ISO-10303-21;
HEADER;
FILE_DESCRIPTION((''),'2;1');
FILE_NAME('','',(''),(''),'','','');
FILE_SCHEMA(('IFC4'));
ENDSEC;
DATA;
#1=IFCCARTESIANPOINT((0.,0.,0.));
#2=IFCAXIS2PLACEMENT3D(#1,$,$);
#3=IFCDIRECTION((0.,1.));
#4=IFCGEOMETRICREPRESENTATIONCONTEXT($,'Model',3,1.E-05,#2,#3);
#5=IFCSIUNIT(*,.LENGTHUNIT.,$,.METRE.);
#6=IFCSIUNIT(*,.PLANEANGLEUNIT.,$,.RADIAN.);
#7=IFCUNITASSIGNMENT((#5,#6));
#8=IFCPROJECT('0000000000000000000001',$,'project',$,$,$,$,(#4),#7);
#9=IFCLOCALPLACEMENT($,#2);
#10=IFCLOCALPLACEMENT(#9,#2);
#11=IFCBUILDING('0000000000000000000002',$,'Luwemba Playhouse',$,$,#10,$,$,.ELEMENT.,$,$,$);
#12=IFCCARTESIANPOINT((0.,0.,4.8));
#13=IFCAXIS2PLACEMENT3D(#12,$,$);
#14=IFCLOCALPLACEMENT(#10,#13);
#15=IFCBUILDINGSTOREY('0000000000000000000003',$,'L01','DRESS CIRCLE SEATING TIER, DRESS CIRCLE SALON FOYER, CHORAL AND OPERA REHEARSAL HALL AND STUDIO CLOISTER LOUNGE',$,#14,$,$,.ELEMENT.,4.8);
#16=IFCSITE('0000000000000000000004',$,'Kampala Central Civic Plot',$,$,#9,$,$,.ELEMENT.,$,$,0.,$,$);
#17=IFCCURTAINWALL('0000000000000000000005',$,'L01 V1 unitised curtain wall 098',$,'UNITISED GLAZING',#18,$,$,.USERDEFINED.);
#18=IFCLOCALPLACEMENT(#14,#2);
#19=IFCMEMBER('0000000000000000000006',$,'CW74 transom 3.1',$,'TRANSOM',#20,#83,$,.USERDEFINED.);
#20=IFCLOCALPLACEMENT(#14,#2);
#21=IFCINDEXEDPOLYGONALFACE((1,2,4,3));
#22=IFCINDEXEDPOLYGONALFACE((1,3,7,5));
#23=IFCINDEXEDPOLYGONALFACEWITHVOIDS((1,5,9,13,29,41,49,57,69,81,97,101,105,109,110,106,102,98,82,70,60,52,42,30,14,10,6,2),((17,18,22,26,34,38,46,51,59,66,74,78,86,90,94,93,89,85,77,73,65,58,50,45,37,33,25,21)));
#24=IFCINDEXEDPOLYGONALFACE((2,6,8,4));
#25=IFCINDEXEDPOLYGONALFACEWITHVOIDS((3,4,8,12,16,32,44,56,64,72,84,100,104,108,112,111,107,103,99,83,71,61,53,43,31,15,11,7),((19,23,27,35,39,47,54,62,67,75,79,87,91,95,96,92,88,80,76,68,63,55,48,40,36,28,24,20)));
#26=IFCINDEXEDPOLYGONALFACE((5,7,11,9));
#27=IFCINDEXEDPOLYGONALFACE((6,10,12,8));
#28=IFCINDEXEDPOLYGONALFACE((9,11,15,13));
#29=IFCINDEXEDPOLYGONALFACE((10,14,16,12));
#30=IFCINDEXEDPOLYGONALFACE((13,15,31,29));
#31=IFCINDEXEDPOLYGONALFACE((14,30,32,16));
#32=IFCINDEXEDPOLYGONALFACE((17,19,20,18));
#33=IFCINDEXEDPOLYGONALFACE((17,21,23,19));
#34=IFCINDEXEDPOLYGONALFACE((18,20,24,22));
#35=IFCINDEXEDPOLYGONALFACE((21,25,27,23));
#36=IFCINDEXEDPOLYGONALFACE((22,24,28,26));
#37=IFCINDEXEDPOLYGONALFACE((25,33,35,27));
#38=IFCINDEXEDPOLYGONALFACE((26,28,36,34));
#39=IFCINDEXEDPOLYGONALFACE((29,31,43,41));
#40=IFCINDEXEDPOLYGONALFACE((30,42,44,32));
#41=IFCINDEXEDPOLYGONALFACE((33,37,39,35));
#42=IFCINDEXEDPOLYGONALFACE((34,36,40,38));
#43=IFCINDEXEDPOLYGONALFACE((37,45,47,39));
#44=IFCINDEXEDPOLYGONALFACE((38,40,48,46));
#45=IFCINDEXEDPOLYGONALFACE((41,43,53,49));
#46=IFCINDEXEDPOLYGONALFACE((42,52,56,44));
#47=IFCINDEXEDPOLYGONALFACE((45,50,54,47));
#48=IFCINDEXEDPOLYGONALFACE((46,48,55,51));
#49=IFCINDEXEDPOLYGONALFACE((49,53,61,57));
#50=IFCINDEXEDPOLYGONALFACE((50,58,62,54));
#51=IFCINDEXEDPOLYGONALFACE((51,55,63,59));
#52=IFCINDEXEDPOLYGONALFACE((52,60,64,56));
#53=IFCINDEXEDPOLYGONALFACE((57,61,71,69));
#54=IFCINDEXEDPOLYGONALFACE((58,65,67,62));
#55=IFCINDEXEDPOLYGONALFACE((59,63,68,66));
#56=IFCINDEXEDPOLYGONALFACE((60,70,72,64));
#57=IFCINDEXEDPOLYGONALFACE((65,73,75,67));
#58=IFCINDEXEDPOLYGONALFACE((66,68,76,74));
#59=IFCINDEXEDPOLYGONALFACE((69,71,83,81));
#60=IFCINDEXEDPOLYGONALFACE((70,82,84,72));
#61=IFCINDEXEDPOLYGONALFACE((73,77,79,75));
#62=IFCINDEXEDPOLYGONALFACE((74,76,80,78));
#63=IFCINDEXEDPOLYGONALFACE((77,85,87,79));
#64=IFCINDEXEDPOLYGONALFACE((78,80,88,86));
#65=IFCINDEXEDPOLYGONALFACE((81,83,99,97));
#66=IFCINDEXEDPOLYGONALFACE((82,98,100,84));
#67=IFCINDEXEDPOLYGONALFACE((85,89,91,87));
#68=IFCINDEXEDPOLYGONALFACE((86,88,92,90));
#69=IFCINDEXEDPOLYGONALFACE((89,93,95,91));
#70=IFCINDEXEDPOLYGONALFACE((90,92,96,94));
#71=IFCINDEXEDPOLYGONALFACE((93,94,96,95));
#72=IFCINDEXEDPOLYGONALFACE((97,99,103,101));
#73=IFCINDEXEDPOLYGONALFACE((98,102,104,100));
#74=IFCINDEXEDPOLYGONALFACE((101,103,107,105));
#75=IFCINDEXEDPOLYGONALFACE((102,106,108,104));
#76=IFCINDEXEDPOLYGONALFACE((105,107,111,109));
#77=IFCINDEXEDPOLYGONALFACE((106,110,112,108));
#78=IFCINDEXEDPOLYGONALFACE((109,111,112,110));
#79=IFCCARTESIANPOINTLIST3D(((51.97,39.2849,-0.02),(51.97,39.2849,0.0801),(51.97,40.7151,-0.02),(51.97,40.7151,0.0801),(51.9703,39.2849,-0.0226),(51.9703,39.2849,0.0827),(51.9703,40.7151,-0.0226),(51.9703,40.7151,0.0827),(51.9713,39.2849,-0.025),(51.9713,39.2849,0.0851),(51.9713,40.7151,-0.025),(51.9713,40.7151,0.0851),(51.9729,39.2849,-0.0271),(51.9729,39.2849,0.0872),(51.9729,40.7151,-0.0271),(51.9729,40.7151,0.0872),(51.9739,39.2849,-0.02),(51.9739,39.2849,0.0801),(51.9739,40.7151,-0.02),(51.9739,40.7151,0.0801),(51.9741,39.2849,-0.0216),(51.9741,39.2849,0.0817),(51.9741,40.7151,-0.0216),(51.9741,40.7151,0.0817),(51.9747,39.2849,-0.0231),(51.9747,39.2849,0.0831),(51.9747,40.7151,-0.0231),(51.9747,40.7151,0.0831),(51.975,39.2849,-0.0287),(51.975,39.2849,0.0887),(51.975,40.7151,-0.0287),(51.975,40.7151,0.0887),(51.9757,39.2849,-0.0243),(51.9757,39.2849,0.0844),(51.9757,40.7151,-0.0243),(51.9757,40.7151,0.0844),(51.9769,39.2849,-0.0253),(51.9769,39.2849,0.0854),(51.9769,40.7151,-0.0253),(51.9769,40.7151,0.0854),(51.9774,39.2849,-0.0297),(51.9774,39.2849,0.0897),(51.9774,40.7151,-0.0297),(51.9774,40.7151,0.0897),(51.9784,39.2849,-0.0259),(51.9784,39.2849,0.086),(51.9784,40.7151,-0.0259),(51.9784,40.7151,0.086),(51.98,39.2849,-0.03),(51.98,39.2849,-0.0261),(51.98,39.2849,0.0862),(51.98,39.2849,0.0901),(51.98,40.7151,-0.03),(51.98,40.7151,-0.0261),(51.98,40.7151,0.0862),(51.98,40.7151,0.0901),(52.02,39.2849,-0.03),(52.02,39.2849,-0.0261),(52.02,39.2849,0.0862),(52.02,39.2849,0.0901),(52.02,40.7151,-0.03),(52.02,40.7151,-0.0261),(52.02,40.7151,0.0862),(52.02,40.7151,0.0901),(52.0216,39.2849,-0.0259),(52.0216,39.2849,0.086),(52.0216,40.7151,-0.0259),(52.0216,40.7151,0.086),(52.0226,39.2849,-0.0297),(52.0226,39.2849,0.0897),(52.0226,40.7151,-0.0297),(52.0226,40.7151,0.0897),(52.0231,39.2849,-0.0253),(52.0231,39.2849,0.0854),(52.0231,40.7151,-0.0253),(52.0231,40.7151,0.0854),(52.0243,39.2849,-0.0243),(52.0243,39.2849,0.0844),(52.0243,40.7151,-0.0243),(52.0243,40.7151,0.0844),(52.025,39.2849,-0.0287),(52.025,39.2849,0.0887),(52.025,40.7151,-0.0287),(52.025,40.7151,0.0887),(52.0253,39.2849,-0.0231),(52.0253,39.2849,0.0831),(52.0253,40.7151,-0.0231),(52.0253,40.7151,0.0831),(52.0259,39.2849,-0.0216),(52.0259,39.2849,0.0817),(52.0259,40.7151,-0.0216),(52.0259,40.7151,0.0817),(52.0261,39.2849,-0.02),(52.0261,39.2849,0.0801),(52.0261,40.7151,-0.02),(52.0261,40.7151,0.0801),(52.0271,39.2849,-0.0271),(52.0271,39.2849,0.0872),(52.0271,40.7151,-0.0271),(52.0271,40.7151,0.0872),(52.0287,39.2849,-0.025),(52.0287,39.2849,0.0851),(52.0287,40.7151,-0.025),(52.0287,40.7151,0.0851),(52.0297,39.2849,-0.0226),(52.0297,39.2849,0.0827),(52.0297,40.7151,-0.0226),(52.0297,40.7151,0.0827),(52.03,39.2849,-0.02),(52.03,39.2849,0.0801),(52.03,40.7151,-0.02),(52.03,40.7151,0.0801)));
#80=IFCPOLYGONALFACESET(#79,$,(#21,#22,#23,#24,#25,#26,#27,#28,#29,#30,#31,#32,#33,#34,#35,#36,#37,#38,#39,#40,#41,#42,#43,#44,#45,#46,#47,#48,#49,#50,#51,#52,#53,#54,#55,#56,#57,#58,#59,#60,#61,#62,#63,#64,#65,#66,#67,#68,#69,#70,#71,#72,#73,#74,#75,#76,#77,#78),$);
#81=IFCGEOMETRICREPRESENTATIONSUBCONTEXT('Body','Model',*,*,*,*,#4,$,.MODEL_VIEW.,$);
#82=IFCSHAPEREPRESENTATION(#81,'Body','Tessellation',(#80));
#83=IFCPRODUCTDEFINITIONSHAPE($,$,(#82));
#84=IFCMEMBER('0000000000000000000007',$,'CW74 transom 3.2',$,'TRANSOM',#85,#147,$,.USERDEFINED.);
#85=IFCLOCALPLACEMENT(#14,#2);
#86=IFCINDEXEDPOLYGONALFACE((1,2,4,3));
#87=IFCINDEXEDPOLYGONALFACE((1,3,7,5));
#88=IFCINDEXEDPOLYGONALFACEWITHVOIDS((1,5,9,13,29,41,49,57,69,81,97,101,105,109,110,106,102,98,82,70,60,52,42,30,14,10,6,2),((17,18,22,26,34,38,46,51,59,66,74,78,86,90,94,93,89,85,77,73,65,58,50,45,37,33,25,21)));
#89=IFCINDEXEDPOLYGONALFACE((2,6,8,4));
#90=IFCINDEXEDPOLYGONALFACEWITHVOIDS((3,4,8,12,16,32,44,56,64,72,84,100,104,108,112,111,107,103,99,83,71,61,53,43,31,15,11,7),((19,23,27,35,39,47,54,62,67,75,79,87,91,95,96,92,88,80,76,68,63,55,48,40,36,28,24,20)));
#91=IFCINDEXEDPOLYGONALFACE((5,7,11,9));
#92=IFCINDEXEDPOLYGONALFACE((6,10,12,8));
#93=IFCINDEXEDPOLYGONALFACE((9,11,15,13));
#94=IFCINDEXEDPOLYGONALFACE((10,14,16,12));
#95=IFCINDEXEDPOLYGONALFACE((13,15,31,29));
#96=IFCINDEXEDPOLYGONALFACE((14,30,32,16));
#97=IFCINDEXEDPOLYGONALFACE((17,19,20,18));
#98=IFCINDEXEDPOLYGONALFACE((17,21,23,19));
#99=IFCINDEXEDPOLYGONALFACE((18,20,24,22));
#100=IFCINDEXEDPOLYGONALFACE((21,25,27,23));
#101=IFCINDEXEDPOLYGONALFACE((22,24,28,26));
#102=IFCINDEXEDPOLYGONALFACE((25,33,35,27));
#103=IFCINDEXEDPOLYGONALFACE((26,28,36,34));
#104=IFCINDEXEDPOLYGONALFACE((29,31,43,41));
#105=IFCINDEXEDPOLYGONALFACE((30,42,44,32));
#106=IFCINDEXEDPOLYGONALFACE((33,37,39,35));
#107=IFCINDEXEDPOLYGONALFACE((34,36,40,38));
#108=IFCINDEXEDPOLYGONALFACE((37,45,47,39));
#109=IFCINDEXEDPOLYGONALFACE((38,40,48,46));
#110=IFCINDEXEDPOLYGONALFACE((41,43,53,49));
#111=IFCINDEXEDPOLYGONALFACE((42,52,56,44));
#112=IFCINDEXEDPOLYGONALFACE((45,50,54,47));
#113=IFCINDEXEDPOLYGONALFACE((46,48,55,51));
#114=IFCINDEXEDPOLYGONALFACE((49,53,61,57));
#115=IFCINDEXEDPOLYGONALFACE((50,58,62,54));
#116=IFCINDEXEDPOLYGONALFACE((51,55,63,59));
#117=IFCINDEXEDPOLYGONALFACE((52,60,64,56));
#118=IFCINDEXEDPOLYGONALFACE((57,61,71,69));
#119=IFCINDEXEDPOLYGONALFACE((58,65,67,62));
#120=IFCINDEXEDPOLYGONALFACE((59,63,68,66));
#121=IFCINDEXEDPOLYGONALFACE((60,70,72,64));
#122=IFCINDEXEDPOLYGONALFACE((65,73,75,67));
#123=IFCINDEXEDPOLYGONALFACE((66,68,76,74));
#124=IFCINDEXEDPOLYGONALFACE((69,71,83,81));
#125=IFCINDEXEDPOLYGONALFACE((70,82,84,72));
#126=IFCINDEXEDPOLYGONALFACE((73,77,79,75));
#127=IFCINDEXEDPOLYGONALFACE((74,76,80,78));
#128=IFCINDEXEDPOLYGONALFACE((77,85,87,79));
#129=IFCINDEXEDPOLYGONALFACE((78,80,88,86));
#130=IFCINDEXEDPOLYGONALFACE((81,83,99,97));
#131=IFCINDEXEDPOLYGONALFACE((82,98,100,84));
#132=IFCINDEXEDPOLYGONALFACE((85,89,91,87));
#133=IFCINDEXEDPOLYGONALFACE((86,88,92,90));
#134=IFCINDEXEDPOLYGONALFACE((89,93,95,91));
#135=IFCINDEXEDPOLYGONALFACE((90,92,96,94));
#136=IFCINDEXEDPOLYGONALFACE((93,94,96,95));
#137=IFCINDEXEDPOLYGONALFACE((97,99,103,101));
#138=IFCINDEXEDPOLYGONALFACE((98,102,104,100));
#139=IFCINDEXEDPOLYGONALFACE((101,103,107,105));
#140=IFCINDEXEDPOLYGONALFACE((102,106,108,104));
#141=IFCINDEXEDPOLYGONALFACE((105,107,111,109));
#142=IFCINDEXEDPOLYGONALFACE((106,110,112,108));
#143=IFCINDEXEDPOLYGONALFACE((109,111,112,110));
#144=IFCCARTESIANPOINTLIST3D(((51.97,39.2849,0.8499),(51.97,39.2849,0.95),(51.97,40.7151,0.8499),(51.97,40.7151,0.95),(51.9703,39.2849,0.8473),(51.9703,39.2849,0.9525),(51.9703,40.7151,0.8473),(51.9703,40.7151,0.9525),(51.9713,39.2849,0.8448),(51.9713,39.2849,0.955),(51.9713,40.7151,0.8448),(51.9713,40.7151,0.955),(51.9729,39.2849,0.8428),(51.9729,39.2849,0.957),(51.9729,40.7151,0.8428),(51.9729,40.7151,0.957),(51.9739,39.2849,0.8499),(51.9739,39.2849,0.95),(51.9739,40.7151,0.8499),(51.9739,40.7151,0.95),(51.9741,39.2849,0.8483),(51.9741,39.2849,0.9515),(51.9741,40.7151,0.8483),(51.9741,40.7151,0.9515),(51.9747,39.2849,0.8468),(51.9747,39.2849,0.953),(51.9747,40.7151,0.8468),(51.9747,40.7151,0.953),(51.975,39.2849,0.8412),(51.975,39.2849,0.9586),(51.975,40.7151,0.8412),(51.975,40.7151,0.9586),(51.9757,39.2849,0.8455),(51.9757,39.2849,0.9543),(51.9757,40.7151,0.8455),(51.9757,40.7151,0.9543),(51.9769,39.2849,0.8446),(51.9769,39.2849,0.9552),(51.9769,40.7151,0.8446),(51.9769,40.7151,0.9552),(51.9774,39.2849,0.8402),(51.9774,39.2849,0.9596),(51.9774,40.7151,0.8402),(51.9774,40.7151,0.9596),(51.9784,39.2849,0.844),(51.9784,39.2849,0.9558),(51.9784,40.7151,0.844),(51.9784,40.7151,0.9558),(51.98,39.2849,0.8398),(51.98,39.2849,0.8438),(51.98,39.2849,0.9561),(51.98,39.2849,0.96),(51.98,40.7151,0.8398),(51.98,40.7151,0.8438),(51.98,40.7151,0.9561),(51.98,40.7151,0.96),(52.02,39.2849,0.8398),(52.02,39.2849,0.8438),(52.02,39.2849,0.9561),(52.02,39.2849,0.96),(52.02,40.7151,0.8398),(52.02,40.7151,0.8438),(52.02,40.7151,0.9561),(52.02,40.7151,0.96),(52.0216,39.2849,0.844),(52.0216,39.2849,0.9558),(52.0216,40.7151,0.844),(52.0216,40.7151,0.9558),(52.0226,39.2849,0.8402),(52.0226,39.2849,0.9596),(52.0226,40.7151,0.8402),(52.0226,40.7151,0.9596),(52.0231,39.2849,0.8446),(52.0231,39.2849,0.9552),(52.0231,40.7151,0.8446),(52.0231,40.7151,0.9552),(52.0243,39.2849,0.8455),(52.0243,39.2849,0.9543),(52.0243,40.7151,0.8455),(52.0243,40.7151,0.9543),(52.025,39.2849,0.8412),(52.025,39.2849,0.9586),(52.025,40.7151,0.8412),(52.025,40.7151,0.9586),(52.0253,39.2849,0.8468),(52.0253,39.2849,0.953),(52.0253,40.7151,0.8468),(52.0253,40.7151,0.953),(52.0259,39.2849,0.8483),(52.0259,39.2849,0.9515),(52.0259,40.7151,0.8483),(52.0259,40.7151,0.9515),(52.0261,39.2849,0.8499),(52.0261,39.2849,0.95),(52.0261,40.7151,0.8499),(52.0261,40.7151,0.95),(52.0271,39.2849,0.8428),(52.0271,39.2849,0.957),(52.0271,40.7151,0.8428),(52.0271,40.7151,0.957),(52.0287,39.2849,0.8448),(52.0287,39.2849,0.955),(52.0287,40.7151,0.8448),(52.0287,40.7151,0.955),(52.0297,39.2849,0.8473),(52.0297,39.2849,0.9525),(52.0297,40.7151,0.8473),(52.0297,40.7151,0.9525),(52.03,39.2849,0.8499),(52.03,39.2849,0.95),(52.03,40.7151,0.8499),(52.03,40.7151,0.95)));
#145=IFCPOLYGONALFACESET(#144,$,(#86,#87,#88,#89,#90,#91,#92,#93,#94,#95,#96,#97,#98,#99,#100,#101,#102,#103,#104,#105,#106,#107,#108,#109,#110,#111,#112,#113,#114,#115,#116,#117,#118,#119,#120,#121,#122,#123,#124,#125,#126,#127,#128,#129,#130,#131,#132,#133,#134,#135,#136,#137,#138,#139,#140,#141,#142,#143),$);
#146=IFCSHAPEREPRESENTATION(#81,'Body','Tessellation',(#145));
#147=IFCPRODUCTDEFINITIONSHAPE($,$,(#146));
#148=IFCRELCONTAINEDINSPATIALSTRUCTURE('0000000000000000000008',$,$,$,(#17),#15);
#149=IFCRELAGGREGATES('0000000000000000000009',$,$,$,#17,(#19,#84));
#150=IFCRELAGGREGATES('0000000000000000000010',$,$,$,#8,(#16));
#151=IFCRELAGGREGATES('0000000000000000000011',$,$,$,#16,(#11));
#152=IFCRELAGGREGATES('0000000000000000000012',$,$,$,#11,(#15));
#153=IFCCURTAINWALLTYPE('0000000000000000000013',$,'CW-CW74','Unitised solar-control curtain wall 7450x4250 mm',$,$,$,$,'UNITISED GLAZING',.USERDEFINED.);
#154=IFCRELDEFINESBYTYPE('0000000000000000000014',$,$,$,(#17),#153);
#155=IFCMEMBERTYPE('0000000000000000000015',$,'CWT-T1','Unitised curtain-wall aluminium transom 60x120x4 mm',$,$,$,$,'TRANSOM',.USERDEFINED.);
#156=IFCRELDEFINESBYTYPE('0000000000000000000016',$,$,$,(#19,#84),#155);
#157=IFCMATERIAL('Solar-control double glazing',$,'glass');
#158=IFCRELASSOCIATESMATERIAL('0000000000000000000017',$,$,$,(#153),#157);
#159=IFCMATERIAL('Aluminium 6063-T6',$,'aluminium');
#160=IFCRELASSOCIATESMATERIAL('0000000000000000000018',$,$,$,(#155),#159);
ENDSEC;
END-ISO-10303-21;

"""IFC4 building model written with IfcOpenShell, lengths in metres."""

from ifc_helpers import new_model, si_unit, direction, frame, origin, origin_2d, place, context, subcontext, project, spatial, hollow_rectangle, extrude, material, material_profile, profile_set, type_object, element, aggregate, save


model = new_model("IFC4")

# Units and contexts
model_context = context("Model", 3, precision=1e-05, world=origin(), true_north=direction((0.0, 1.0)))
body_context = subcontext(model_context, "Body", "Model", "MODEL_VIEW")
ifc_project = project(units=[si_unit("LENGTHUNIT", "METRE"), si_unit("PLANEANGLEUNIT", "RADIAN")], contexts=[model_context])

# Site, building, storey
site_placement = place(None, origin())
site = spatial("IfcSite", under=ifc_project, at=site_placement, Name="Kampala Central Civic Plot", CompositionType="ELEMENT", RefElevation=0.0)
building_placement = place(site_placement, origin())
building = spatial("IfcBuilding", under=site, at=building_placement, Name="Luwemba Playhouse", CompositionType="ELEMENT")
storey_placement = place(building_placement, frame((0.0, 0.0, 4.8)))
storey = spatial("IfcBuildingStorey", under=building, at=storey_placement, Name="L01", Description="DRESS CIRCLE SEATING TIER, DRESS CIRCLE SALON FOYER, CHORAL AND OPERA REHEARSAL HALL AND STUDIO CLOISTER LOUNGE", CompositionType="ELEMENT", Elevation=4.8)

# Curtain wall
ifc_material_1 = material(Name="Solar-control double glazing", Category="glass")
curtain_wall_type_1 = type_object("IfcCurtainWallType", Name="CW-CW74", Description="Unitised solar-control curtain wall 7450x4250 mm", ElementType="UNITISED GLAZING", PredefinedType="USERDEFINED", material=ifc_material_1)
curtain_wall_1_placement = place(storey_placement, origin())
curtain_wall_1 = element("IfcCurtainWall", 1, at=curtain_wall_1_placement, inside=storey, type_object=curtain_wall_type_1, Name="L01 V1 unitised curtain wall 098", ObjectType="UNITISED GLAZING", PredefinedType="USERDEFINED")
ifc_material_2 = material(Name="Aluminium 6063-T6", Category="aluminium")

# Members
ifc_material_profile_1 = material_profile(ifc_material_2, hollow_rectangle(XDim=0.0601, YDim=0.1201, WallThickness=0.0039, InnerFilletRadius=0.0061, OuterFilletRadius=0.01, at=origin_2d()))
ifc_profile_set_1 = profile_set([ifc_material_profile_1], Name="Aluminium 6063-T6")
member_type_1 = type_object("IfcMemberType", Name="CWT-T1", Description="Unitised curtain-wall aluminium transom 60x120x4 mm", ElementType="TRANSOM", PredefinedType="USERDEFINED", material=ifc_profile_set_1)
member_1_placement = place(storey_placement, frame((52.0, 40.7151, 0.03), z_axis=(0.0, -1.0, 0.0), x_axis=(1.0, 0.0, 0.0)))
member_1 = element("IfcMember", 2, at=member_1_placement, type_object=member_type_1, Name="CW74 transom 3.1", ObjectType="TRANSOM", PredefinedType="USERDEFINED", context=body_context, shape_type="SweptSolid", body=[
    extrude(hollow_rectangle(XDim=0.0601, YDim=0.1201, WallThickness=0.0039, InnerFilletRadius=0.0061, OuterFilletRadius=0.01, at=origin_2d()), origin(), (0.0, 0.0, 1.0), 1.4302),
])
member_2_placement = place(storey_placement, frame((52.0, 40.7151, 0.8999), z_axis=(0.0, -1.0, 0.0), x_axis=(1.0, 0.0, 0.0)))
member_2 = element("IfcMember", 3, at=member_2_placement, type_object=member_type_1, Name="CW74 transom 3.2", ObjectType="TRANSOM", PredefinedType="USERDEFINED", context=body_context, shape_type="SweptSolid", body=[
    extrude(hollow_rectangle(XDim=0.0601, YDim=0.1201, WallThickness=0.0039, InnerFilletRadius=0.0061, OuterFilletRadius=0.01, at=origin_2d()), origin(), (0.0, 0.0, 1.0), 1.4302),
])

aggregate(curtain_wall_1, [member_1, member_2])

save(model, "model.ifc")
